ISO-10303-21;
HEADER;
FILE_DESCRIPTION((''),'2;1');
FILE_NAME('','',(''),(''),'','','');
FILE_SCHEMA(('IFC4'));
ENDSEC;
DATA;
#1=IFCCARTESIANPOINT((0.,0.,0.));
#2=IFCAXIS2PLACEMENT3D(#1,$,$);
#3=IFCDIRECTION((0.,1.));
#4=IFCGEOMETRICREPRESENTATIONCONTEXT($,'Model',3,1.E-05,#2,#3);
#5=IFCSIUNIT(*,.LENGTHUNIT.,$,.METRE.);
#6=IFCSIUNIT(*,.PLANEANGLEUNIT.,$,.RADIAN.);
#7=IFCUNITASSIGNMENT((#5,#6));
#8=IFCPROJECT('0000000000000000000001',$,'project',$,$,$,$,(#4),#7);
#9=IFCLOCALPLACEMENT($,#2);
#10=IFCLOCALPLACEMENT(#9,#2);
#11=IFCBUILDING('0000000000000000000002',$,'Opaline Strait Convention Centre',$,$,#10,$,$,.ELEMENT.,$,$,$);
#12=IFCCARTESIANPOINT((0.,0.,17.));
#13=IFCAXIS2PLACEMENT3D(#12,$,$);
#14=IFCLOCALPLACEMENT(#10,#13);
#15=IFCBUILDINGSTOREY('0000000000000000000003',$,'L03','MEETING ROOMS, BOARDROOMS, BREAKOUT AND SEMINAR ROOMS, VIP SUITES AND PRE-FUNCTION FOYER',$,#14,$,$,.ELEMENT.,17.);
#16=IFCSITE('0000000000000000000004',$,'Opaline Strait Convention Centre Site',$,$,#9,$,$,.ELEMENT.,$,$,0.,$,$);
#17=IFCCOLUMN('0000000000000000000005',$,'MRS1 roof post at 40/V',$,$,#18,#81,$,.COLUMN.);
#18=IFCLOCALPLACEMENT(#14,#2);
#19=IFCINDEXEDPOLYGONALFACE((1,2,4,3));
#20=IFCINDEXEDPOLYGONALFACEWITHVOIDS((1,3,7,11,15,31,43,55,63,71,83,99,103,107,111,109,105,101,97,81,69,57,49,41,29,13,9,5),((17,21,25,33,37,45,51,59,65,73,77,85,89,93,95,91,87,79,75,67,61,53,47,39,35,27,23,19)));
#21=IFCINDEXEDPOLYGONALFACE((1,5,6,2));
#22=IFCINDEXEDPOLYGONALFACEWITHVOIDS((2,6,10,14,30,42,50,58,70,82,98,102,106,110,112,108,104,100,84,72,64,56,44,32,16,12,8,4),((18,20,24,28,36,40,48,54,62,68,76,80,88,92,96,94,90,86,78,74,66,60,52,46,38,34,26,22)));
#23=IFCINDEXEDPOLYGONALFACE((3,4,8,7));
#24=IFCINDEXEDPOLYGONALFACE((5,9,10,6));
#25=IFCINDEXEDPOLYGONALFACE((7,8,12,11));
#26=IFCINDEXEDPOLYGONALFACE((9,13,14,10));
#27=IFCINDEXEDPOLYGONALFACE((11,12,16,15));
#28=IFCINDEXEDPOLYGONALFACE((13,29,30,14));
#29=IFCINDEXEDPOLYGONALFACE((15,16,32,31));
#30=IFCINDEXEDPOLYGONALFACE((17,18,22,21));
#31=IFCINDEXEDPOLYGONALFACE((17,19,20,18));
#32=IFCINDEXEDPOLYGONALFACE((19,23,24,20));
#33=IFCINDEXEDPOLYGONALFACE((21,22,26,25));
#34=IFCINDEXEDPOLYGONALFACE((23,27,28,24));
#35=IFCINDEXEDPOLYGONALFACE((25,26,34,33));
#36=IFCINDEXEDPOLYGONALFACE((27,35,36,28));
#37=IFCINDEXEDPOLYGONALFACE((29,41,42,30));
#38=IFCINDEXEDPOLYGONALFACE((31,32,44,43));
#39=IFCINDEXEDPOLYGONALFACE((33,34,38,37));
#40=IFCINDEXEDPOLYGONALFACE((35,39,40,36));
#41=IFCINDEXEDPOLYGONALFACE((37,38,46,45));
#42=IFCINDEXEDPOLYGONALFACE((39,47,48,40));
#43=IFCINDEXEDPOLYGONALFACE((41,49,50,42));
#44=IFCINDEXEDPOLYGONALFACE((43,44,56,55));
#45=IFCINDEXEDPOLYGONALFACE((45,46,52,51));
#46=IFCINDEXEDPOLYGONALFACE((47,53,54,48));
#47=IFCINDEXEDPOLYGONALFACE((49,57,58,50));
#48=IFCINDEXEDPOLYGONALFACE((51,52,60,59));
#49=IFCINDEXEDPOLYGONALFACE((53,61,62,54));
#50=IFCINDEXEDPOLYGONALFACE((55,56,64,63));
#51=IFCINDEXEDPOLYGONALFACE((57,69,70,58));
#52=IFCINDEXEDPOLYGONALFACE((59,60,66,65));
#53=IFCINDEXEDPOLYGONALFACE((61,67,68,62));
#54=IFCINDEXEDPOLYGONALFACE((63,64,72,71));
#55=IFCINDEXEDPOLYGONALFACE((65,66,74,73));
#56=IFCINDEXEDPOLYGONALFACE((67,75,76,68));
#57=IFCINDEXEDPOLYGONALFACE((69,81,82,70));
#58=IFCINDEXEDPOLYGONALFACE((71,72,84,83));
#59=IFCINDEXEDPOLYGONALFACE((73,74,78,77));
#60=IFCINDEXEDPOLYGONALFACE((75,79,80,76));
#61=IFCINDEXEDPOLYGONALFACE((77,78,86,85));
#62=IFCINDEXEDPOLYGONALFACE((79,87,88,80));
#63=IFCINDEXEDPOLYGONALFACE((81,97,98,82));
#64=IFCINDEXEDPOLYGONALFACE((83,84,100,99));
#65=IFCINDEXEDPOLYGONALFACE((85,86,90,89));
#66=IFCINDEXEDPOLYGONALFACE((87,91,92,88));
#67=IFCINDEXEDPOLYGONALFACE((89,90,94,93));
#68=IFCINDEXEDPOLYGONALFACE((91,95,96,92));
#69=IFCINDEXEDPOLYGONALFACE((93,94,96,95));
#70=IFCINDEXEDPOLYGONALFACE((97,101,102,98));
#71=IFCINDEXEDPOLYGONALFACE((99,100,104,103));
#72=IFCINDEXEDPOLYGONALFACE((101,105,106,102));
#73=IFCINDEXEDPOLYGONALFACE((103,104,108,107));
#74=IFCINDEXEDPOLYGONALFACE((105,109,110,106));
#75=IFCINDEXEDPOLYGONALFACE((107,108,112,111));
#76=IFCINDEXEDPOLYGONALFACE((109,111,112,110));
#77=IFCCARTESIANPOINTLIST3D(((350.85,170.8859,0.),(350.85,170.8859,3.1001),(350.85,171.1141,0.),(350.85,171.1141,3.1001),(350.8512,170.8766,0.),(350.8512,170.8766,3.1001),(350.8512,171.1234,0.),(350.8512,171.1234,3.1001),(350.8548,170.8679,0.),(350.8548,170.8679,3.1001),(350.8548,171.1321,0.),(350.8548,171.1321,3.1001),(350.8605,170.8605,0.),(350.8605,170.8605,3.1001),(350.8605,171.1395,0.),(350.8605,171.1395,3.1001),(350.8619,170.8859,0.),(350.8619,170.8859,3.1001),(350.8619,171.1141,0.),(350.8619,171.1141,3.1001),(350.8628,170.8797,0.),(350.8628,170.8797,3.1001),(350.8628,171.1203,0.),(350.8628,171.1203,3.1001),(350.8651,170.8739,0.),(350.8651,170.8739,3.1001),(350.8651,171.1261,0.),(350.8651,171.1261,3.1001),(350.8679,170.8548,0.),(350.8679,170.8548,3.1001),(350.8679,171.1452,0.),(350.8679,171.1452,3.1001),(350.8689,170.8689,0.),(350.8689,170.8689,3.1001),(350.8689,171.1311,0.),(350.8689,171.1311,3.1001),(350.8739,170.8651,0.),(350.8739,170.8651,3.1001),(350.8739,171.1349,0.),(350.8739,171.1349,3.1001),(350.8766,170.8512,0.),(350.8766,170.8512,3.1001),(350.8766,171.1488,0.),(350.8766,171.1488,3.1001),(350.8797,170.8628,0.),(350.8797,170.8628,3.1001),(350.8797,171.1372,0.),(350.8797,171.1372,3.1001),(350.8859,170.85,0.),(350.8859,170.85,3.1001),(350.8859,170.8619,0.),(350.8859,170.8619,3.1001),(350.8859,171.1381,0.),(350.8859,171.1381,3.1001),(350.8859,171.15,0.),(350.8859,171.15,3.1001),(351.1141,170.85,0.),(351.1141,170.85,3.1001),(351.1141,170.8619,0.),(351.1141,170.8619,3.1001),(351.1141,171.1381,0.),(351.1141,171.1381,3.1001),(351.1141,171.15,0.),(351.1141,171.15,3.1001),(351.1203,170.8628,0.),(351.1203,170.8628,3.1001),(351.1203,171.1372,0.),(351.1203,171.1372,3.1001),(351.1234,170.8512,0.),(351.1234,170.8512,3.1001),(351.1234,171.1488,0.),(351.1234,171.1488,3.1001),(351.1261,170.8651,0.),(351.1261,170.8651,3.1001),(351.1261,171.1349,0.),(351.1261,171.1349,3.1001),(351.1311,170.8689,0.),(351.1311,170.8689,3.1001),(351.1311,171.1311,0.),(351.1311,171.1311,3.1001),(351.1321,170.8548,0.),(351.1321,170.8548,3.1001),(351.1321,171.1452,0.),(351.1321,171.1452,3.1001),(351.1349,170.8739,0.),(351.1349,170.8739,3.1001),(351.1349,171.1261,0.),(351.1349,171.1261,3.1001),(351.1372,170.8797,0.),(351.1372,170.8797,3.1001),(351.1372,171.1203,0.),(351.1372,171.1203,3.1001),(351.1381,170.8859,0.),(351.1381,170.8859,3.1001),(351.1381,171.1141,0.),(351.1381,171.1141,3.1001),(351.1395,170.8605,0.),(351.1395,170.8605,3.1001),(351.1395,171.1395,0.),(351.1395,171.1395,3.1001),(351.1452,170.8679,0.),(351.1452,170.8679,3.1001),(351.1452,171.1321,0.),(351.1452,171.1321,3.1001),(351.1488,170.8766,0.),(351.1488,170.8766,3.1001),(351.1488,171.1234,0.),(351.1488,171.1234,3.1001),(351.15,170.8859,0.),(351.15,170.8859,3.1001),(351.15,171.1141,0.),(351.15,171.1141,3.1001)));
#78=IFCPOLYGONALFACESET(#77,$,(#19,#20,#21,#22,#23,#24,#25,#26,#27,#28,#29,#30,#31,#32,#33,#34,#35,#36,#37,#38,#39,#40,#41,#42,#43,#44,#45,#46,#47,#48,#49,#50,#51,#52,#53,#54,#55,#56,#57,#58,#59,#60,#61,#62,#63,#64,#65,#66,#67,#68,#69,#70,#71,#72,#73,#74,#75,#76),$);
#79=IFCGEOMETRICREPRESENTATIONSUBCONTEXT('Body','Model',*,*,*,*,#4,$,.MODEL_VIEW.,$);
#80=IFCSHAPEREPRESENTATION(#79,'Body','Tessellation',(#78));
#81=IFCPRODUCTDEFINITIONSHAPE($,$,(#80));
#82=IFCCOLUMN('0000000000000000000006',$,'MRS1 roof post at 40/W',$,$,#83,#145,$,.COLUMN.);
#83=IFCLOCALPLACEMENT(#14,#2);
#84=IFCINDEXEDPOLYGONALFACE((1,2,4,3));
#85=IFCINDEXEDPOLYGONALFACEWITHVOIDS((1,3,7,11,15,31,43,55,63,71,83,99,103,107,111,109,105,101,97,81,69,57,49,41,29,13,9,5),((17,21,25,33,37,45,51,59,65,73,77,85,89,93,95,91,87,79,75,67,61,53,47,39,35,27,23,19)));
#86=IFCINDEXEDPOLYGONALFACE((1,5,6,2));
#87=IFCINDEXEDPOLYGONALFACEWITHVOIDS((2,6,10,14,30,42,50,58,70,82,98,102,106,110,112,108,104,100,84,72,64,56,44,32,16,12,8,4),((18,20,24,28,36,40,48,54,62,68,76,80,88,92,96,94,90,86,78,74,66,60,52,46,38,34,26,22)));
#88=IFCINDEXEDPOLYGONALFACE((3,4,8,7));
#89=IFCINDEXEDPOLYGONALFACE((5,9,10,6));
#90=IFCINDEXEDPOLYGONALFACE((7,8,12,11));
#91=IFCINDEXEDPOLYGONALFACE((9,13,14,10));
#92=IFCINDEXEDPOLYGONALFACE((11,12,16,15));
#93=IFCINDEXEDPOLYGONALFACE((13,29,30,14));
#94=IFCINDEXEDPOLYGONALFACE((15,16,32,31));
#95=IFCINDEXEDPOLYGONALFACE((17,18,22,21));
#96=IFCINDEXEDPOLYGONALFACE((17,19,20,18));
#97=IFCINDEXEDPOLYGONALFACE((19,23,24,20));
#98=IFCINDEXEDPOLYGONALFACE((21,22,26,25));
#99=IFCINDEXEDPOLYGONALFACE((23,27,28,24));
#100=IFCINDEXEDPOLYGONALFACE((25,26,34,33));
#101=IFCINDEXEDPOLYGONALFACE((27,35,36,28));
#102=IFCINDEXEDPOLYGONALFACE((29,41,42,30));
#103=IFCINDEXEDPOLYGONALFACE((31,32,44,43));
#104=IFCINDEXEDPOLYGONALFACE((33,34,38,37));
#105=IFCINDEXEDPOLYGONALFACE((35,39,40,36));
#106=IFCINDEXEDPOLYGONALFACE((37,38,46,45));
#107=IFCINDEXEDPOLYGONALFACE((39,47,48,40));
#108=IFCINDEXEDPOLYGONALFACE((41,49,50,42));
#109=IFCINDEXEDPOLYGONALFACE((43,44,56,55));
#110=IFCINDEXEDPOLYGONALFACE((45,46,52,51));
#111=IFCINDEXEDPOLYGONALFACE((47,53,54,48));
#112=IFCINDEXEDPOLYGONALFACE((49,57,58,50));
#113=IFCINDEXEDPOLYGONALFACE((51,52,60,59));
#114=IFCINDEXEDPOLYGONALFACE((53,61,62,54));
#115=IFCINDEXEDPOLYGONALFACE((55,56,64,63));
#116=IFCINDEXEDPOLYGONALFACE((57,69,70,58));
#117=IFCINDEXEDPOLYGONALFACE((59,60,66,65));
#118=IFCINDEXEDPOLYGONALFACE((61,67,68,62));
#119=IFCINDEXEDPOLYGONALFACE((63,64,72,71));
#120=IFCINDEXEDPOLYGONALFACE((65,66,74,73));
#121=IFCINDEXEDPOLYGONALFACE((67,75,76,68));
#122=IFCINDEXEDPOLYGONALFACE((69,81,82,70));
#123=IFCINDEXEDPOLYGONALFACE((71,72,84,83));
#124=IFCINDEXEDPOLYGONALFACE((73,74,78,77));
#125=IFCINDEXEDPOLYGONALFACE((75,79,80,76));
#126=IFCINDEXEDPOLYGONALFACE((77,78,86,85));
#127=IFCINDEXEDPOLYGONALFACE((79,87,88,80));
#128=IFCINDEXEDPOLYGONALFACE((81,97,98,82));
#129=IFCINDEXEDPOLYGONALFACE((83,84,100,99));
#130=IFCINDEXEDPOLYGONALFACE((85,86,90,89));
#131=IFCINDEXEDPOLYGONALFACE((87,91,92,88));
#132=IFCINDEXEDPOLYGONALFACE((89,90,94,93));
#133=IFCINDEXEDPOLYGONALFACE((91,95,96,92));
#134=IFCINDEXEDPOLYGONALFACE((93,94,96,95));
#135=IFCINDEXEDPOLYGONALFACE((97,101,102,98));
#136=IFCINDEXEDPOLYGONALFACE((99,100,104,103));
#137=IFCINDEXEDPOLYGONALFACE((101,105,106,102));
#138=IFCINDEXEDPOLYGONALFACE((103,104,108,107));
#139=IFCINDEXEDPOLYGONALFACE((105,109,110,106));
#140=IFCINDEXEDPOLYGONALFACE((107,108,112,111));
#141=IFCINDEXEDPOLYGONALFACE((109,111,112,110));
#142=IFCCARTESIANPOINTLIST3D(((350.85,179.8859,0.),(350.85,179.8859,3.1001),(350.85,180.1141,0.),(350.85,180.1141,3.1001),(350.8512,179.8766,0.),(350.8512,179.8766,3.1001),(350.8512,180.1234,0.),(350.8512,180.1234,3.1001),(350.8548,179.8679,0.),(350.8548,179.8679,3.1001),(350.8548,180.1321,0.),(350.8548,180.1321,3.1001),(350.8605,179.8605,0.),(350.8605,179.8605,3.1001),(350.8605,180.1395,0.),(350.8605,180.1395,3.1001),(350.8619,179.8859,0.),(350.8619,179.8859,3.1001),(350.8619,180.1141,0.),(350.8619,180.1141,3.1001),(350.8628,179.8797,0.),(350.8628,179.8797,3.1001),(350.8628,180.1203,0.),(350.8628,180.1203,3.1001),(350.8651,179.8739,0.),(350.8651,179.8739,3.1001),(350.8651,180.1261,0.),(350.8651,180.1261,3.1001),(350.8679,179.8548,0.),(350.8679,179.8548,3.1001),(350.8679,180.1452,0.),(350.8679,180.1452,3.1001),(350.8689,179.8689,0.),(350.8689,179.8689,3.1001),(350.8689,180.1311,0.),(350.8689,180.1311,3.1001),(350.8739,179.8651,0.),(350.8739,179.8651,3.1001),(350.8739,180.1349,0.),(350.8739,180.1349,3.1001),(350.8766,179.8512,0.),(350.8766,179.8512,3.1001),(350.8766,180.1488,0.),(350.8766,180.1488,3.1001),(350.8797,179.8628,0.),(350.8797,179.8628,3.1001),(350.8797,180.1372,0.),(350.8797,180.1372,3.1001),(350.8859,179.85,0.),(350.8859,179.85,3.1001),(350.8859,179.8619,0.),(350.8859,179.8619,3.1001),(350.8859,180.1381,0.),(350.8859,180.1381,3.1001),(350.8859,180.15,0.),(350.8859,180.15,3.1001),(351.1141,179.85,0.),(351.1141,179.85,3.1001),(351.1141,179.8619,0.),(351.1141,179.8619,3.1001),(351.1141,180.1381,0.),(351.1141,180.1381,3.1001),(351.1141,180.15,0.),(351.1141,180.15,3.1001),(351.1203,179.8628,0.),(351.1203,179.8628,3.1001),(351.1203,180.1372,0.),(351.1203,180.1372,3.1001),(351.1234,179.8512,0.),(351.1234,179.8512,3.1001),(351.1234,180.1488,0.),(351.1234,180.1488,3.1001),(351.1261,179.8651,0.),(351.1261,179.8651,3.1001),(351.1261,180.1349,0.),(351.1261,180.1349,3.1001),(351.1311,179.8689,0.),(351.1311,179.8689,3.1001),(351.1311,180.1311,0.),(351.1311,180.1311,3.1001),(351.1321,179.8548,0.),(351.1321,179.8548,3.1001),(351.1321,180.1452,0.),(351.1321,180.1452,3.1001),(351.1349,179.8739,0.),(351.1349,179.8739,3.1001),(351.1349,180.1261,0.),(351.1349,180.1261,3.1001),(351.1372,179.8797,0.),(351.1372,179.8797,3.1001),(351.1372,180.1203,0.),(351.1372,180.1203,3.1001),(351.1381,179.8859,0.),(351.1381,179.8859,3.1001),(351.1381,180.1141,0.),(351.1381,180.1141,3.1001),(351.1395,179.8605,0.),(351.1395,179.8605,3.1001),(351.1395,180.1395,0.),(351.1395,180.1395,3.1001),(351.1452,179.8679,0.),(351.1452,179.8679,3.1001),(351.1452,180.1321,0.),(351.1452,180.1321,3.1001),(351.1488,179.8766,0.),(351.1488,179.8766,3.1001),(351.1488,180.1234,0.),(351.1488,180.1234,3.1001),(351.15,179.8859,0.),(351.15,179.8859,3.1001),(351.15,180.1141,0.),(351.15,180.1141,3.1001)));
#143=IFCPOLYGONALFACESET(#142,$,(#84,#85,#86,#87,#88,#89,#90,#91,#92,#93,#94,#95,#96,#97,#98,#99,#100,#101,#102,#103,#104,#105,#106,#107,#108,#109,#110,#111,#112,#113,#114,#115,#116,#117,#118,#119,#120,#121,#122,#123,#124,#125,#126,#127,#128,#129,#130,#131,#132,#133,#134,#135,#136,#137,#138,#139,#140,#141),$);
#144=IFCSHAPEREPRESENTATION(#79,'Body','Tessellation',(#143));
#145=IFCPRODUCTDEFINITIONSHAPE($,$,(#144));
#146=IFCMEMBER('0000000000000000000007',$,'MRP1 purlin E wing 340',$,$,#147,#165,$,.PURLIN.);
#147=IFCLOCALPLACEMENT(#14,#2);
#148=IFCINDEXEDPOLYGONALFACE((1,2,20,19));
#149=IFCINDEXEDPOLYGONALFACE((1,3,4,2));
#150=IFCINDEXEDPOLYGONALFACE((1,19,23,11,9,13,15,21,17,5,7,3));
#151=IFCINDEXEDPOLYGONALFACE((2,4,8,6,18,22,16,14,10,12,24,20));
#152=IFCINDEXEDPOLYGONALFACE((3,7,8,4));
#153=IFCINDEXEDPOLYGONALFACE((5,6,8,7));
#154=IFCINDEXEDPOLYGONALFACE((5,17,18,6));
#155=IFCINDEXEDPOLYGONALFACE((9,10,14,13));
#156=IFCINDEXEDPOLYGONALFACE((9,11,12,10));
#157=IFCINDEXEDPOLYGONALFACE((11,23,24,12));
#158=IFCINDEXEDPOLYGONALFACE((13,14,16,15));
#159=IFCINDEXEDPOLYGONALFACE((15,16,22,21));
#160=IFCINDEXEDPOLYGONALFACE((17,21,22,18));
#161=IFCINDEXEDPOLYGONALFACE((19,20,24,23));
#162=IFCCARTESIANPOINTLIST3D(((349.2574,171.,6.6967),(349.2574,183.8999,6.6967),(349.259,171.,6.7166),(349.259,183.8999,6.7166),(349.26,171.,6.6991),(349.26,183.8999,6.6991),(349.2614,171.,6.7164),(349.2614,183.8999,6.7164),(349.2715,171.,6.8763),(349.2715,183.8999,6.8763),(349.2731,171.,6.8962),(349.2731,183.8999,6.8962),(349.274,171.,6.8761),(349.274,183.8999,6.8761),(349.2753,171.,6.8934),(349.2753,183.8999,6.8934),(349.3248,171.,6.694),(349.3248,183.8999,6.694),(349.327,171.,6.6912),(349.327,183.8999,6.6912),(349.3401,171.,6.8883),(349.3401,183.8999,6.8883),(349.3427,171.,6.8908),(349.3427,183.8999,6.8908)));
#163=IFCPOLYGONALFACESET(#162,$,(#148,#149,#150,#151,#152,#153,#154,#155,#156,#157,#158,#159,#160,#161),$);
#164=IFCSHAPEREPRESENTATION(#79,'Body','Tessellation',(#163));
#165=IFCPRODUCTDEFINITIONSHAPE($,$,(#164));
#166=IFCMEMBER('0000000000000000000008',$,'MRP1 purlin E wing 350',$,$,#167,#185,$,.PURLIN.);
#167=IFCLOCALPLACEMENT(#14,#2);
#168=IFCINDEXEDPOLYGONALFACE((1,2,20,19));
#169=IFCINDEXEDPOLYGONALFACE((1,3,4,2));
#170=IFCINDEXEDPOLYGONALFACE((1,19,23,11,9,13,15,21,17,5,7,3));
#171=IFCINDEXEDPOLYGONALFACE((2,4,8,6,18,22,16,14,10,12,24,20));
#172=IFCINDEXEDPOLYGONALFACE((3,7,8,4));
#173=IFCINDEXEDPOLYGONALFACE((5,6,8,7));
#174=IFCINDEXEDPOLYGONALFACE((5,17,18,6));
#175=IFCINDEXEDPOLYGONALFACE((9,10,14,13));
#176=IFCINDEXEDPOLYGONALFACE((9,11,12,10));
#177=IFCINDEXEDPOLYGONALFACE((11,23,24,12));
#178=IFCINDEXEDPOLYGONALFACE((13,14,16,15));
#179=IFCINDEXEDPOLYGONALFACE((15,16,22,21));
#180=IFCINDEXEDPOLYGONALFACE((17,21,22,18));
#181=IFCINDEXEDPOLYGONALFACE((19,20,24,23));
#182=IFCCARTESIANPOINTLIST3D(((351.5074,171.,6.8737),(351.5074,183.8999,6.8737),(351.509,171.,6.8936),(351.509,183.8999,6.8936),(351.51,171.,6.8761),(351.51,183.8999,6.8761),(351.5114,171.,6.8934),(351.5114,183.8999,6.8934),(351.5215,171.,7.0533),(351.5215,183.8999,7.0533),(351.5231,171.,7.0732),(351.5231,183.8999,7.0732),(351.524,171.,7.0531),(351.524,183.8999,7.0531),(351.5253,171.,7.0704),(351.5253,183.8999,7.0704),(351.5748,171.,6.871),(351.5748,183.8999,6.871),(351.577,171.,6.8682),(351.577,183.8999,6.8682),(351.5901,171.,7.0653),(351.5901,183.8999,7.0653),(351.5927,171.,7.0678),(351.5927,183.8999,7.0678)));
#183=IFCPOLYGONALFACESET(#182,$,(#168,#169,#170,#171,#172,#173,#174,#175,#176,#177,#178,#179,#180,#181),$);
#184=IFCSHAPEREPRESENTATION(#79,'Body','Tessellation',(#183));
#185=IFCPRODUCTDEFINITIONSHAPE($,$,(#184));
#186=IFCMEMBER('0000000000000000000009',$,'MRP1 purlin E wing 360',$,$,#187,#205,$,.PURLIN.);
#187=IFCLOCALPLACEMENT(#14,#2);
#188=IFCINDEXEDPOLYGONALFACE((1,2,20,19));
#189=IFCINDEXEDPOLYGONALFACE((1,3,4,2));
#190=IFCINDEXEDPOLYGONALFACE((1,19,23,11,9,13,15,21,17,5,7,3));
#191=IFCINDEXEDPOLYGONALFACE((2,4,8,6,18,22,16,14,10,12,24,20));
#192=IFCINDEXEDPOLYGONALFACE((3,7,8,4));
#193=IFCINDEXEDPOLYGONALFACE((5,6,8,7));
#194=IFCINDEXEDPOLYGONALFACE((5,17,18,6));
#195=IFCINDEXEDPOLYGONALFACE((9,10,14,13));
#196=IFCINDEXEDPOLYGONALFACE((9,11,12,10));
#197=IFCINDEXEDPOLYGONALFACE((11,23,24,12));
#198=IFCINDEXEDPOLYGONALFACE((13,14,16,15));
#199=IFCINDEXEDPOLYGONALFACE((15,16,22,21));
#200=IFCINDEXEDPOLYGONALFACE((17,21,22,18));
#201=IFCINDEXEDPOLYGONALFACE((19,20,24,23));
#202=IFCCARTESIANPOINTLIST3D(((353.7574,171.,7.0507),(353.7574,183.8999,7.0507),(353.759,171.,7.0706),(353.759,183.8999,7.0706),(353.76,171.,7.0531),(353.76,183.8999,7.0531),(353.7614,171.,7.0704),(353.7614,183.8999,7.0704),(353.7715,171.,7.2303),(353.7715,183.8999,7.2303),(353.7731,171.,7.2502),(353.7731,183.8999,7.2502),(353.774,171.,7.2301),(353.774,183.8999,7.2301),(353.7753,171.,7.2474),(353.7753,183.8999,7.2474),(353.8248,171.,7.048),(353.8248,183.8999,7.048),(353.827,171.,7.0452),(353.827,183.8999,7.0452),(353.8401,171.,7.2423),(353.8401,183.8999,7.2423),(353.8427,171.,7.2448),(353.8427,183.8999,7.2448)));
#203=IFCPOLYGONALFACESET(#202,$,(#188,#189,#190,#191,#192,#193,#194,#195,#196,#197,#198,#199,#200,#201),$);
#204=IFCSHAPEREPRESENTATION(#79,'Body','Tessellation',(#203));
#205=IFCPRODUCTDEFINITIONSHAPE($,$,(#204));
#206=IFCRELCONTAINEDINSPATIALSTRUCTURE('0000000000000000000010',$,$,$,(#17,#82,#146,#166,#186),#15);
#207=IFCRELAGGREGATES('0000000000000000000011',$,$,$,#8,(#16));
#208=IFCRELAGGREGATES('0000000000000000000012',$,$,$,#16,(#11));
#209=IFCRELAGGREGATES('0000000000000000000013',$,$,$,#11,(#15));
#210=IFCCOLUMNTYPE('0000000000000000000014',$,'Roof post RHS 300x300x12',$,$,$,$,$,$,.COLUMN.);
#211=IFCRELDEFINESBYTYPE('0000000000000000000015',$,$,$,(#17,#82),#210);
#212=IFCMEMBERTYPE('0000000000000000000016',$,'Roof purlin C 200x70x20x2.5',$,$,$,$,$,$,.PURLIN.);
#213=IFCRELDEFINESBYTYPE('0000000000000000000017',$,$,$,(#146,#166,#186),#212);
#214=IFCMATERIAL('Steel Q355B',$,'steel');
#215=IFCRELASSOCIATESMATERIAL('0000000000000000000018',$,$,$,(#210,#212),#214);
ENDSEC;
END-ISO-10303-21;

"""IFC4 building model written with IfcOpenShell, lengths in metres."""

from ifc_helpers import new_model, si_unit, direction, frame, origin, origin_2d, place, context, subcontext, project, spatial, polyline, hollow_rectangle, outline, extrude, material, material_profile, profile_set, type_object, element, save


model = new_model("IFC4")

# Units and contexts
model_context = context("Model", 3, precision=1e-05, world=origin(), true_north=direction((0.0, 1.0)))
body_context = subcontext(model_context, "Body", "Model", "MODEL_VIEW")
ifc_project = project(units=[si_unit("LENGTHUNIT", "METRE"), si_unit("PLANEANGLEUNIT", "RADIAN")], contexts=[model_context])

# Site, building, storey
site_placement = place(None, origin())
site = spatial("IfcSite", under=ifc_project, at=site_placement, Name="Opaline Strait Convention Centre Site", CompositionType="ELEMENT", RefElevation=0.0)
building_placement = place(site_placement, origin())
building = spatial("IfcBuilding", under=site, at=building_placement, Name="Opaline Strait Convention Centre", CompositionType="ELEMENT")
storey_placement = place(building_placement, frame((0.0, 0.0, 17.0)))
storey = spatial("IfcBuildingStorey", under=building, at=storey_placement, Name="L03", Description="MEETING ROOMS, BOARDROOMS, BREAKOUT AND SEMINAR ROOMS, VIP SUITES AND PRE-FUNCTION FOYER", CompositionType="ELEMENT", Elevation=17.0)

# Columns
ifc_material_1 = material(Name="Steel Q355B", Category="steel")
ifc_material_profile_1 = material_profile(ifc_material_1, hollow_rectangle(XDim=0.3, YDim=0.3, WallThickness=0.012, InnerFilletRadius=0.0239, OuterFilletRadius=0.0359, at=origin_2d()), Name="RHS 300x300x12")
ifc_profile_set_1 = profile_set([ifc_material_profile_1], Name="Steel Q355B")
column_type = type_object("IfcColumnType", Name="Roof post RHS 300x300x12", PredefinedType="COLUMN", material=ifc_profile_set_1)
for number, where, z_axis, x_axis, name in (
    (1, (351.0, 171.0, 0.0), (0.0, 0.0, 1.0), (1.0, 0.0, 0.0), "MRS1 roof post at 40/V"),
    (2, (351.0, 180.0, 0.0), (0.0, 0.0, 1.0), (1.0, 0.0, 0.0), "MRS1 roof post at 40/W"),
):
    element("IfcColumn", number, at=place(storey_placement, frame(where, z_axis=z_axis, x_axis=x_axis)), inside=storey, type_object=column_type, Name=name, PredefinedType="COLUMN", context=body_context, shape_type="SweptSolid", body=[
        extrude(hollow_rectangle(XDim=0.3, YDim=0.3, WallThickness=0.012, InnerFilletRadius=0.0239, OuterFilletRadius=0.0359, at=origin_2d()), origin(), (0.0, 0.0, 1.0), 3.1001),
    ])

# Members
ifc_material_profile_2 = material_profile(ifc_material_1, outline(polyline([(-0.0349, -0.1001), (0.0349, -0.1001), (0.0349, -0.0801), (0.0325, -0.0801), (0.0325, -0.0974), (-0.0325, -0.0974), (-0.0325, 0.0974), (0.0325, 0.0974), (0.0325, 0.0801), (0.0349, 0.0801), (0.0349, 0.1001), (-0.0349, 0.1001), (-0.0349, -0.1001)])), Name="C 200x70x20x2.5")
ifc_profile_set_2 = profile_set([ifc_material_profile_2], Name="Steel Q355B")
member_type_1 = type_object("IfcMemberType", Name="Roof purlin C 200x70x20x2.5", PredefinedType="PURLIN", material=ifc_profile_set_2)
for number, where, z_axis, x_axis, name in (
    (3, (349.3, 171.0, 6.7937), (0.0, 1.0, 0.0), (-0.996917, 0.0, 0.078459), "MRP1 purlin E wing 340"),
    (4, (351.55, 171.0, 6.9707), (0.0, 1.0, 0.0), (-0.996917, 0.0, 0.078459), "MRP1 purlin E wing 350"),
    (5, (353.8, 171.0, 7.1477), (0.0, 1.0, 0.0), (-0.996917, 0.0, 0.078459), "MRP1 purlin E wing 360"),
):
    element("IfcMember", number, at=place(storey_placement, frame(where, z_axis=z_axis, x_axis=x_axis)), inside=storey, type_object=member_type_1, Name=name, PredefinedType="PURLIN", context=body_context, shape_type="SweptSolid", body=[
        extrude(outline(polyline([(-0.0349, -0.1001), (0.0349, -0.1001), (0.0349, -0.0801), (0.0325, -0.0801), (0.0325, -0.0974), (-0.0325, -0.0974), (-0.0325, 0.0974), (0.0325, 0.0974), (0.0325, 0.0801), (0.0349, 0.0801), (0.0349, 0.1001), (-0.0349, 0.1001), (-0.0349, -0.1001)])), origin(), (0.0, 0.0, 1.0), 12.8999),
    ])

save(model, "model.ifc")
